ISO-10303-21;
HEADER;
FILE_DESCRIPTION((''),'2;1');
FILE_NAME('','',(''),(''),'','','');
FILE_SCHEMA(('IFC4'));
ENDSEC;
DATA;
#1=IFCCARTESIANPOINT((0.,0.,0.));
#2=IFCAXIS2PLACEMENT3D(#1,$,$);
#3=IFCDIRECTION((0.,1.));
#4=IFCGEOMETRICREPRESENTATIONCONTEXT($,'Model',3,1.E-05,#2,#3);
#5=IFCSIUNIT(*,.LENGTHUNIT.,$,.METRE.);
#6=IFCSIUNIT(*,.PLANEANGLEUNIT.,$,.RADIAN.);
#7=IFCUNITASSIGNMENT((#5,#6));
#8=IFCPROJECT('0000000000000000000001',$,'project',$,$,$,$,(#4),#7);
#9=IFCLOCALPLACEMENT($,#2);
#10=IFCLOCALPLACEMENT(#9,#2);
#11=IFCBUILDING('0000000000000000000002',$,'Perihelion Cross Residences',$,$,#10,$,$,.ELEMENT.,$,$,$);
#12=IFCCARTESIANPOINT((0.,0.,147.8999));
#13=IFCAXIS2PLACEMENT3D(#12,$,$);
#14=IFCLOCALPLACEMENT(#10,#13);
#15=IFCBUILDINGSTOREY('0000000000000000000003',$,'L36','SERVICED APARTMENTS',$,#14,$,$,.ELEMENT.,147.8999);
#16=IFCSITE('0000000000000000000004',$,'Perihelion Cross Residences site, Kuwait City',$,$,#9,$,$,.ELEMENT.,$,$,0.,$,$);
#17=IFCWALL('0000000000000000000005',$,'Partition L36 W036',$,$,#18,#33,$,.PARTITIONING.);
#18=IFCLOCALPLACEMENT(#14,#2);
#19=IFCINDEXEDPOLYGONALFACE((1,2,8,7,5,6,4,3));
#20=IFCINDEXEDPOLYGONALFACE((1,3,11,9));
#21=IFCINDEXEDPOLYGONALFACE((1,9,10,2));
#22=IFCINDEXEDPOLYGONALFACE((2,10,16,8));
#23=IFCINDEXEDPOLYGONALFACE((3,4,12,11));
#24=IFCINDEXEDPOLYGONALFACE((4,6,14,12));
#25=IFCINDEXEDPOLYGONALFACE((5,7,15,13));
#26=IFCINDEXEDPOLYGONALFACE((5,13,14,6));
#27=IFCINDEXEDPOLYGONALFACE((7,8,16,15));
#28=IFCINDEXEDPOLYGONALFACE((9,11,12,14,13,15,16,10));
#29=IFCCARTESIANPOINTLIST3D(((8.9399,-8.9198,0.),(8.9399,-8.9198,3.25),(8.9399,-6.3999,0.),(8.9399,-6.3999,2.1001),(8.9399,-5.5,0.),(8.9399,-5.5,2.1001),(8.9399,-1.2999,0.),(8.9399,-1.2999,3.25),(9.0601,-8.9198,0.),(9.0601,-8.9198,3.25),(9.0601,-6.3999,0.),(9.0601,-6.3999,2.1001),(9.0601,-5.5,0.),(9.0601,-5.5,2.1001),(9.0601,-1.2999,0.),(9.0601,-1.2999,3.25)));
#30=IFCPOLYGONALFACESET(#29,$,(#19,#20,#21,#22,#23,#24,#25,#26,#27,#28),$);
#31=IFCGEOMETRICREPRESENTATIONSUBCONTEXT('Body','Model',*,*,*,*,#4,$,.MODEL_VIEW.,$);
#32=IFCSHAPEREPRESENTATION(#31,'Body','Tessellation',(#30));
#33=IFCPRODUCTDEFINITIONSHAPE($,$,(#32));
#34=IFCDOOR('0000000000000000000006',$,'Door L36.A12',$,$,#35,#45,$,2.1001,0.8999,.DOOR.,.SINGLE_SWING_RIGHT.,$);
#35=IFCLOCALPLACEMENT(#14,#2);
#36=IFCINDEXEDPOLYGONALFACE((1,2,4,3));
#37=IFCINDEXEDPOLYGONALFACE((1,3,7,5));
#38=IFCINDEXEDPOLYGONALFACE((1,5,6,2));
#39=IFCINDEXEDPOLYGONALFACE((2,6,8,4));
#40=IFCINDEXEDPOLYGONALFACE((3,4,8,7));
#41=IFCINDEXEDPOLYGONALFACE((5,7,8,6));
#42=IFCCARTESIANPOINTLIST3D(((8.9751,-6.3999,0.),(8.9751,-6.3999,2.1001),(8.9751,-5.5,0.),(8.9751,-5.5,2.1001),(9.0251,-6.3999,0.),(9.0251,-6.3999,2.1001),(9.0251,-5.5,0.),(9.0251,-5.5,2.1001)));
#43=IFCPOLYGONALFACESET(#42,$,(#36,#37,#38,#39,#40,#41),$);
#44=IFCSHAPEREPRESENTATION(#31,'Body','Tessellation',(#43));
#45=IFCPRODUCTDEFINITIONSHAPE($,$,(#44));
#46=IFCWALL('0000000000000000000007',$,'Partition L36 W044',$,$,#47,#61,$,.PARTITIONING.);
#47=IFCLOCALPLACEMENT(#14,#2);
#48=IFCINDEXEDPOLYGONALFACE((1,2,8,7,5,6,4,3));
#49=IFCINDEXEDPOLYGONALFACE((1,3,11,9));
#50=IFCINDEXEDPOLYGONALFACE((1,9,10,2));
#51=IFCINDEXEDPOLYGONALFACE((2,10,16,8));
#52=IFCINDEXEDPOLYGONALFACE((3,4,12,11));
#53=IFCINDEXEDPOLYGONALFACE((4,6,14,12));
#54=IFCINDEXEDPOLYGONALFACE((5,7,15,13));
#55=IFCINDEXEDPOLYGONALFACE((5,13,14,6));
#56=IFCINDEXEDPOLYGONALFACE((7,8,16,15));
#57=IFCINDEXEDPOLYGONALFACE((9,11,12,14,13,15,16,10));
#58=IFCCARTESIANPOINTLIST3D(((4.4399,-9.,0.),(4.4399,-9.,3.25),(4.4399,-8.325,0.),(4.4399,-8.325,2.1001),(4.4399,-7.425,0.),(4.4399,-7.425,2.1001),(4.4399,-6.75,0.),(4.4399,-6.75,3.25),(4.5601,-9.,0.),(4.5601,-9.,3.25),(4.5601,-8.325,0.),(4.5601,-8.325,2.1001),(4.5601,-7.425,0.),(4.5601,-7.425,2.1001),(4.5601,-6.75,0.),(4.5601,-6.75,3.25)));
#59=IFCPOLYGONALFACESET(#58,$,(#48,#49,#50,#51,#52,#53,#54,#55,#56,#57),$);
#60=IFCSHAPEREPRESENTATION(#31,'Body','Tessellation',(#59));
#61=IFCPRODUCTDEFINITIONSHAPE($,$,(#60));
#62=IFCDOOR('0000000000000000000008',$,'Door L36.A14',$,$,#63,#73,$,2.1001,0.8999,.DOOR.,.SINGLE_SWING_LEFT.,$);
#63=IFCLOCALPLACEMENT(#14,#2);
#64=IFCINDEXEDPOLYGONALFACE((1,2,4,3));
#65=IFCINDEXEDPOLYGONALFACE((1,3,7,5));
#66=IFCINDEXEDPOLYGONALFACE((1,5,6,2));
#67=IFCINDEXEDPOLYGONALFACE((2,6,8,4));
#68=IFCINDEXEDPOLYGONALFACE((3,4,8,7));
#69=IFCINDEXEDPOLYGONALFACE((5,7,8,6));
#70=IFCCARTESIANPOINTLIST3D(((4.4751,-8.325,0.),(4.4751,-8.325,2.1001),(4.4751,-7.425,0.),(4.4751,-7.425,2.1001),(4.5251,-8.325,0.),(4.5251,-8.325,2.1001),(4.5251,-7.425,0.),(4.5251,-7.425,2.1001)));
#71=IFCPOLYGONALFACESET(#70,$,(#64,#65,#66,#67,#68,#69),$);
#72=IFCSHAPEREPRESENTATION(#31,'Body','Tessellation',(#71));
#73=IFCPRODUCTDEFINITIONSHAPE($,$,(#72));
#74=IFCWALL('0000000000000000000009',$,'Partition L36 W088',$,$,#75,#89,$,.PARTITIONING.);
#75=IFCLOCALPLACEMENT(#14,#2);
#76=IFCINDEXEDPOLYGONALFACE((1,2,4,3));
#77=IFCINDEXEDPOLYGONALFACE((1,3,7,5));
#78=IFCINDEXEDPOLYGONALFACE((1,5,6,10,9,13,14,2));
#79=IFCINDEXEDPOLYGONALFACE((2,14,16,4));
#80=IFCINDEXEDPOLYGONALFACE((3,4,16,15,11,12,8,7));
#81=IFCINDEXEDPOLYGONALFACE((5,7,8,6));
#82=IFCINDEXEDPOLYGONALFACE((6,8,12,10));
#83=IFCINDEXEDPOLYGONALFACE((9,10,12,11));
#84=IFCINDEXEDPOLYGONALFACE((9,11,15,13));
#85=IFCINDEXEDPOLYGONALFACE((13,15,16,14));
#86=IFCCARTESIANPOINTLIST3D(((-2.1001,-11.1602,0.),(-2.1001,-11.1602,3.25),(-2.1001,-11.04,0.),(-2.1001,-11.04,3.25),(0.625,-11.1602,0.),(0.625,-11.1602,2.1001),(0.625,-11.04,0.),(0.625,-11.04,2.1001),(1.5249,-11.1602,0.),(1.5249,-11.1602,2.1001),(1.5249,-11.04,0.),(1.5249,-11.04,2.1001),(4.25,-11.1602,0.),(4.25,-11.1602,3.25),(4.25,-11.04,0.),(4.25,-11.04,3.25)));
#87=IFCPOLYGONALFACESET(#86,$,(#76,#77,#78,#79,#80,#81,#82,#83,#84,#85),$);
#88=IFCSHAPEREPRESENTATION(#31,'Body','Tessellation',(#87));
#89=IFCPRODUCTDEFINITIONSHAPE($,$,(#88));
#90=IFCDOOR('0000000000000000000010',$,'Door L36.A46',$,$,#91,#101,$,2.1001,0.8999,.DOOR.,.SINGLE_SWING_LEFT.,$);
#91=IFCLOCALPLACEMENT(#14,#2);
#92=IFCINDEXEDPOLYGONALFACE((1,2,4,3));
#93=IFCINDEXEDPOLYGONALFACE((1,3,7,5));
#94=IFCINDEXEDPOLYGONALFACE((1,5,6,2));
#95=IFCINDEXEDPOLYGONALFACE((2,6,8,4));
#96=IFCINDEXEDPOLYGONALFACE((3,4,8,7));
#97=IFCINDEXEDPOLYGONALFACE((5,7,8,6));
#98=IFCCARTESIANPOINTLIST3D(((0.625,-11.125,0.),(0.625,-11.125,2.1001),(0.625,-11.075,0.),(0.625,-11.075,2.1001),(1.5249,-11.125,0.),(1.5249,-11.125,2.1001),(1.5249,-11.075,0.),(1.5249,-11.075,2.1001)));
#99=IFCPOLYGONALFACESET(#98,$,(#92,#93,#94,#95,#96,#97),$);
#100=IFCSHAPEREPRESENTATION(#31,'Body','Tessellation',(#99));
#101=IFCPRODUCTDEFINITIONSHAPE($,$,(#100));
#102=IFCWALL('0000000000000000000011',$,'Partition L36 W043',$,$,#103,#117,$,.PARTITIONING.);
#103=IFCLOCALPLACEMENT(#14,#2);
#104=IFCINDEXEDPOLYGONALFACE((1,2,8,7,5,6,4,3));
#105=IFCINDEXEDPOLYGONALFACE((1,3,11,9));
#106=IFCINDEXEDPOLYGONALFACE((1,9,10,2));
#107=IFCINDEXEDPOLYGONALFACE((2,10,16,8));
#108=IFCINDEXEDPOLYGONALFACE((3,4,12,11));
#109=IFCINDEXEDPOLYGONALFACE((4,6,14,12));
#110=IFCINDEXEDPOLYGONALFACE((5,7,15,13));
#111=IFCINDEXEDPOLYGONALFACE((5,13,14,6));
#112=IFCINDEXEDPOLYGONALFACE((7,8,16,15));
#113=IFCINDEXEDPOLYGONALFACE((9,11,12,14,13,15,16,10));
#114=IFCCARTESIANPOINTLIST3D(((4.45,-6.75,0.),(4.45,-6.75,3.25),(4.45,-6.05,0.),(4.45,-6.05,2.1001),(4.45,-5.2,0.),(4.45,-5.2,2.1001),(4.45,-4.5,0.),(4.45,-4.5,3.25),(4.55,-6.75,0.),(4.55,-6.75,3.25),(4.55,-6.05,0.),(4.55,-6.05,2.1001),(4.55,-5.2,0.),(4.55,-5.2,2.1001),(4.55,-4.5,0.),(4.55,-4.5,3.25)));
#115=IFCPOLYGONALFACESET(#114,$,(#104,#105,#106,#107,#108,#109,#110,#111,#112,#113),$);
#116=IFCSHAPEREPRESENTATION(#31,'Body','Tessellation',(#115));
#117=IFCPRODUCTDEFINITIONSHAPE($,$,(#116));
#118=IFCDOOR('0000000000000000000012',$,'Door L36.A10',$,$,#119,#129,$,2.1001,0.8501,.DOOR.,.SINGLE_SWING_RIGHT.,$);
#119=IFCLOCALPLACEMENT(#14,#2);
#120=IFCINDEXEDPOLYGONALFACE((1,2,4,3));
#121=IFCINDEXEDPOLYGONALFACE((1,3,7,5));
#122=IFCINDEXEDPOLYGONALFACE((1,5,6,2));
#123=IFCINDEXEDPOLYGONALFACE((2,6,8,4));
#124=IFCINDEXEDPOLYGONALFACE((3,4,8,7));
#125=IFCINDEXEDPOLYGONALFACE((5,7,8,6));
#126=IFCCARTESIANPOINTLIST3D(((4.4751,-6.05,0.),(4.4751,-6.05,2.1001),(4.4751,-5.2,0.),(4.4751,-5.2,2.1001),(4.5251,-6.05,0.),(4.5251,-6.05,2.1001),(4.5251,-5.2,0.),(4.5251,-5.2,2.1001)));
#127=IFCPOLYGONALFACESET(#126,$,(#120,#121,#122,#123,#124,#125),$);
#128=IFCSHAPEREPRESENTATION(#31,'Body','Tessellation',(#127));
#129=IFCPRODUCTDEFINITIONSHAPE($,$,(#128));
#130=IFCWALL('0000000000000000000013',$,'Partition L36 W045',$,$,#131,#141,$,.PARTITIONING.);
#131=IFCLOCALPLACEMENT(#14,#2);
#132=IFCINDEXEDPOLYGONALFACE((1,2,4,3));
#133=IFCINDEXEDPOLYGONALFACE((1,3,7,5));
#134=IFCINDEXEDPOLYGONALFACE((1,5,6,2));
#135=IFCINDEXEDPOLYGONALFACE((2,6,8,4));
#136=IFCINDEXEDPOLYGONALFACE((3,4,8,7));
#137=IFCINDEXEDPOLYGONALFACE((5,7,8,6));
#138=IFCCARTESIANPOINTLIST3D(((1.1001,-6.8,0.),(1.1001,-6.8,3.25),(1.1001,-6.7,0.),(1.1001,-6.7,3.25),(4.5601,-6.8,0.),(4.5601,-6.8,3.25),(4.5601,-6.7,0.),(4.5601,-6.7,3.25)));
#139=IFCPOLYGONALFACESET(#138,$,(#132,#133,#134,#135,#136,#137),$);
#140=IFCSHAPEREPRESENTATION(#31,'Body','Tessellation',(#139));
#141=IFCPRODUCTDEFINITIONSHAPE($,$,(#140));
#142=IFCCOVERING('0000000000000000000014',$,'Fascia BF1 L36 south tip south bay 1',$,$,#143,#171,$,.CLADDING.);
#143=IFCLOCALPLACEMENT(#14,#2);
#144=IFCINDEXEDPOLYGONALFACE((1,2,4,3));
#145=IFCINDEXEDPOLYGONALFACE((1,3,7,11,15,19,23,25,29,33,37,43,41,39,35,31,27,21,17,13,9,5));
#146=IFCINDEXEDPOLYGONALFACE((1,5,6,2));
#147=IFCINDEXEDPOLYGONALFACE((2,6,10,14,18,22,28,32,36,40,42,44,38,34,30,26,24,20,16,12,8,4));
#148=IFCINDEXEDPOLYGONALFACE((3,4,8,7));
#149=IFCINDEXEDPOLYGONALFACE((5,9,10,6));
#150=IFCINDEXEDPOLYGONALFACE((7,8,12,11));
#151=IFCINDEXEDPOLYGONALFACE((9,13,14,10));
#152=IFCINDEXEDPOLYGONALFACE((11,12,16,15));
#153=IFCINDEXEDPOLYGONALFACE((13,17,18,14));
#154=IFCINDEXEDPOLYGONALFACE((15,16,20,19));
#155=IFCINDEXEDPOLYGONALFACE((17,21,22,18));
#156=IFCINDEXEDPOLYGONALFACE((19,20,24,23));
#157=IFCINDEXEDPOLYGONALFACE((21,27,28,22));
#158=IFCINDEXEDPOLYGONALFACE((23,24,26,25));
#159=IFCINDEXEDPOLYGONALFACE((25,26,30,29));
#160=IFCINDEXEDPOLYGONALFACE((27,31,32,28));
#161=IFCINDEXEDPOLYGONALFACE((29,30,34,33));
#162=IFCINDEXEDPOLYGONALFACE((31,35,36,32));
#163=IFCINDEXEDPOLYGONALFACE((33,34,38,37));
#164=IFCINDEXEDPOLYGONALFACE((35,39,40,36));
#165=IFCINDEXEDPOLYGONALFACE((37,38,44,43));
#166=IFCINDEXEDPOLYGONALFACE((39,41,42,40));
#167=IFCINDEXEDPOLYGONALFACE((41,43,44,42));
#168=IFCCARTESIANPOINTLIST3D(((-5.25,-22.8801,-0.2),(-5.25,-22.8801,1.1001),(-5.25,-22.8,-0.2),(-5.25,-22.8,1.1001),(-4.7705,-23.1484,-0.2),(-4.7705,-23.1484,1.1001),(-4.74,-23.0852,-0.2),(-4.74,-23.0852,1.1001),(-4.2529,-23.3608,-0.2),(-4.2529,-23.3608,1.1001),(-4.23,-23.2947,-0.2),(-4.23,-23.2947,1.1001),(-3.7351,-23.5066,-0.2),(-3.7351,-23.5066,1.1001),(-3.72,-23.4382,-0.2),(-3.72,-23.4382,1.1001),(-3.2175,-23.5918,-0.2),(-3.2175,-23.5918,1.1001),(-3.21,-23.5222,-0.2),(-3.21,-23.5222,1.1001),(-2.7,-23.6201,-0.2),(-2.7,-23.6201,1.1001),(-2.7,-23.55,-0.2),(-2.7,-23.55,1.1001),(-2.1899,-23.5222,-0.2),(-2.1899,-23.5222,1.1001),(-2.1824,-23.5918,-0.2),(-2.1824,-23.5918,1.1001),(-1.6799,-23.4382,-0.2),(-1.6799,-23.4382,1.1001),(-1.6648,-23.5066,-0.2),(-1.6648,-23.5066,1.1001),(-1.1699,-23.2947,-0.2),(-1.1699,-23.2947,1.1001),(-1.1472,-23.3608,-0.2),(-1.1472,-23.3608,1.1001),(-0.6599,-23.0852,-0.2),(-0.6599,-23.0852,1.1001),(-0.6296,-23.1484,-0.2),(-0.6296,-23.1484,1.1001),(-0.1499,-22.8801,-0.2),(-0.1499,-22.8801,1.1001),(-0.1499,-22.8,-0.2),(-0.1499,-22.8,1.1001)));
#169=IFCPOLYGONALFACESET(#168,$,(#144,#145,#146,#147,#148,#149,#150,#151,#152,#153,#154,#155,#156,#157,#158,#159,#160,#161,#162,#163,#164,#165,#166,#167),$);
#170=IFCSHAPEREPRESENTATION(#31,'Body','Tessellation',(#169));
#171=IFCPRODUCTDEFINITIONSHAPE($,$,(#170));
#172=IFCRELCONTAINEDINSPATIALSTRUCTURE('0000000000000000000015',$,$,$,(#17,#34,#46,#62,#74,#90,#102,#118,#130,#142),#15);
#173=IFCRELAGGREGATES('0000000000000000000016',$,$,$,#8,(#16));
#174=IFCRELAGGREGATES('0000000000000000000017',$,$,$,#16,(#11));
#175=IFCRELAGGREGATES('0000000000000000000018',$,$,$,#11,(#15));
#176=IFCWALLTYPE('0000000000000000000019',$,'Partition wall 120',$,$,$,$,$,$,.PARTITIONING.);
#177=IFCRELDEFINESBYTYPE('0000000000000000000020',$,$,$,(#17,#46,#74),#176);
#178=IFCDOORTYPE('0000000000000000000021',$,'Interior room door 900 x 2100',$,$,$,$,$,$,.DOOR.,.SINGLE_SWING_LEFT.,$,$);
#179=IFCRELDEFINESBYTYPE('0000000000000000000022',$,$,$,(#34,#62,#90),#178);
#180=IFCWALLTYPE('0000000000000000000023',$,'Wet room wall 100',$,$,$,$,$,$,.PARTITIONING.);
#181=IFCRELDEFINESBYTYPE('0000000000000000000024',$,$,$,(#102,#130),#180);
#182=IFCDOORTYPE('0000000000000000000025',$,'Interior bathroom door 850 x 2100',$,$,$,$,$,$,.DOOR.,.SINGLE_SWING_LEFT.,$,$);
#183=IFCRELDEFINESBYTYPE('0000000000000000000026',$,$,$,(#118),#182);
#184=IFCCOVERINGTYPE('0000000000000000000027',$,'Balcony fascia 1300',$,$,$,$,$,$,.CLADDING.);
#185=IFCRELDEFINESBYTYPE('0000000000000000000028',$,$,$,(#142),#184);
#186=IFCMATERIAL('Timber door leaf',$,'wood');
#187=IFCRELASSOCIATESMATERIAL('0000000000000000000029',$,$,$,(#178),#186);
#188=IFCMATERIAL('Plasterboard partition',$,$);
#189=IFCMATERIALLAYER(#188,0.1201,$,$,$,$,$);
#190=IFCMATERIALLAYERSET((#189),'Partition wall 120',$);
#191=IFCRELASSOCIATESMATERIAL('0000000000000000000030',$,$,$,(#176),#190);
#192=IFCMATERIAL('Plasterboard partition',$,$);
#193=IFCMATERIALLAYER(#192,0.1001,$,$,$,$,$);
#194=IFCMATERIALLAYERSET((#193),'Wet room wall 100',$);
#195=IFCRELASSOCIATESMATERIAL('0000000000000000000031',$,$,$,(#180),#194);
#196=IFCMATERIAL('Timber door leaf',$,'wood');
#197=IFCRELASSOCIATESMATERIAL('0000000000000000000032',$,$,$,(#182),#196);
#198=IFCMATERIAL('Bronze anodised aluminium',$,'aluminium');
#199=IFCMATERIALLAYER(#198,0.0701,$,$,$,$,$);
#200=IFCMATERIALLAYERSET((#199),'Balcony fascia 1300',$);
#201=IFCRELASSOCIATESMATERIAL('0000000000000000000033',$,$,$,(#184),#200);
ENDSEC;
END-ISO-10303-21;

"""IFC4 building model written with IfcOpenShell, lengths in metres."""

from ifc_helpers import new_model, si_unit, direction, frame, frame_2d, origin, place, context, subcontext, project, spatial, polyline, rectangle, outline, extrude, material, layer, layer_set, type_object, element, fill, save


model = new_model("IFC4")

# Units and contexts
model_context = context("Model", 3, precision=1e-05, world=origin(), true_north=direction((0.0, 1.0)))
body_context = subcontext(model_context, "Body", "Model", "MODEL_VIEW")
ifc_project = project(units=[si_unit("LENGTHUNIT", "METRE"), si_unit("PLANEANGLEUNIT", "RADIAN")], contexts=[model_context])

# Site, building, storey
site_placement = place(None, origin())
site = spatial("IfcSite", under=ifc_project, at=site_placement, Name="Perihelion Cross Residences site, Kuwait City", CompositionType="ELEMENT", RefElevation=0.0)
building_placement = place(site_placement, origin())
building = spatial("IfcBuilding", under=site, at=building_placement, Name="Perihelion Cross Residences", CompositionType="ELEMENT")
storey_placement = place(building_placement, frame((0.0, 0.0, 147.8999)))
storey = spatial("IfcBuildingStorey", under=building, at=storey_placement, Name="L36", Description="SERVICED APARTMENTS", CompositionType="ELEMENT", Elevation=147.8999)

# Shared definitions
ifc_material_1 = material(Name="Timber door leaf", Category="wood")
door_type_1 = type_object("IfcDoorType", Name="Interior room door 900 x 2100", OperationType="SINGLE_SWING_LEFT", PredefinedType="DOOR", material=ifc_material_1)

# Shared definitions
ifc_material_2 = material(Name="Plasterboard partition")
ifc_layer_1 = layer(ifc_material_2, 0.1201)
ifc_layer_set_1 = layer_set([ifc_layer_1], Name="Partition wall 120")
wall_type_1 = type_object("IfcWallType", Name="Partition wall 120", PredefinedType="PARTITIONING", material=ifc_layer_set_1)

# Walls, openings, doors
wall_1_placement = place(storey_placement, frame((9.0, -8.9199, 0.0), z_axis=(0.0, 0.0, 1.0), x_axis=(0.0, 1.0, 0.0)))
wall_1 = element("IfcWall", 1, at=wall_1_placement, inside=storey, type_object=wall_type_1, Name="Partition L36 W036", PredefinedType="PARTITIONING", context=body_context, shape_type="SweptSolid", body=[
    extrude(rectangle(XDim=7.6199, YDim=0.1201, at=frame_2d((3.8101, 0.0))), origin(), (0.0, 0.0, 1.0), 3.25),
])
opening_1_placement = place(wall_1_placement, frame((2.52, 0.0, 0.0)))
opening_1 = element("IfcOpeningElement", 2, at=opening_1_placement, cuts=wall_1, PredefinedType="OPENING", context=body_context, shape_type="SweptSolid", body=[
    extrude(rectangle(XDim=0.8999, YDim=2.1001, at=frame_2d((0.45, 1.05))), frame((0.0, 0.0701, 0.0), z_axis=(0.0, -1.0, 0.0), x_axis=(1.0, 0.0, 0.0)), (0.0, 0.0, 1.0), 0.1401),
])
door_1_placement = place(opening_1_placement, origin())
door_1 = element("IfcDoor", 3, at=door_1_placement, inside=storey, type_object=door_type_1, Name="Door L36.A12", OperationType="SINGLE_SWING_RIGHT", OverallHeight=2.1001, OverallWidth=0.8999, PredefinedType="DOOR", context=body_context, shape_type="SweptSolid", body=[
    extrude(rectangle(XDim=0.8999, YDim=2.1001, at=frame_2d((0.45, 1.05))), frame((0.0, 0.0249, 0.0), z_axis=(0.0, -1.0, 0.0), x_axis=(1.0, 0.0, 0.0)), (0.0, 0.0, 1.0), 0.05),
])
fill(opening_1, door_1)
wall_2_placement = place(storey_placement, frame((4.5, -9.0, 0.0), z_axis=(0.0, 0.0, 1.0), x_axis=(0.0, 1.0, 0.0)))
wall_2 = element("IfcWall", 4, at=wall_2_placement, inside=storey, type_object=wall_type_1, Name="Partition L36 W044", PredefinedType="PARTITIONING", context=body_context, shape_type="SweptSolid", body=[
    extrude(rectangle(XDim=2.25, YDim=0.1201, at=frame_2d((1.125, 0.0))), origin(), (0.0, 0.0, 1.0), 3.25),
])
opening_2_placement = place(wall_2_placement, frame((0.675, 0.0, 0.0)))
opening_2 = element("IfcOpeningElement", 5, at=opening_2_placement, cuts=wall_2, PredefinedType="OPENING", context=body_context, shape_type="SweptSolid", body=[
    extrude(rectangle(XDim=0.8999, YDim=2.1001, at=frame_2d((0.45, 1.05))), frame((0.0, 0.0701, 0.0), z_axis=(0.0, -1.0, 0.0), x_axis=(1.0, 0.0, 0.0)), (0.0, 0.0, 1.0), 0.1401),
])
door_2_placement = place(opening_2_placement, origin())
door_2 = element("IfcDoor", 6, at=door_2_placement, inside=storey, type_object=door_type_1, Name="Door L36.A14", OperationType="SINGLE_SWING_LEFT", OverallHeight=2.1001, OverallWidth=0.8999, PredefinedType="DOOR", context=body_context, shape_type="SweptSolid", body=[
    extrude(rectangle(XDim=0.8999, YDim=2.1001, at=frame_2d((0.45, 1.05))), frame((0.0, 0.0249, 0.0), z_axis=(0.0, -1.0, 0.0), x_axis=(1.0, 0.0, 0.0)), (0.0, 0.0, 1.0), 0.05),
])
fill(opening_2, door_2)
wall_3_placement = place(storey_placement, frame((4.25, -11.1001, 0.0), z_axis=(0.0, 0.0, 1.0), x_axis=(-1.0, 0.0, 0.0)))
wall_3 = element("IfcWall", 7, at=wall_3_placement, inside=storey, type_object=wall_type_1, Name="Partition L36 W088", PredefinedType="PARTITIONING", context=body_context, shape_type="SweptSolid", body=[
    extrude(rectangle(XDim=6.3501, YDim=0.1201, at=frame_2d((3.175, 0.0))), origin(), (0.0, 0.0, 1.0), 3.25),
])
opening_3_placement = place(wall_3_placement, frame((2.7251, 0.0, 0.0)))
opening_3 = element("IfcOpeningElement", 8, at=opening_3_placement, cuts=wall_3, PredefinedType="OPENING", context=body_context, shape_type="SweptSolid", body=[
    extrude(rectangle(XDim=0.8999, YDim=2.1001, at=frame_2d((0.45, 1.05))), frame((0.0, 0.0701, 0.0), z_axis=(0.0, -1.0, 0.0), x_axis=(1.0, 0.0, 0.0)), (0.0, 0.0, 1.0), 0.1401),
])
door_3_placement = place(opening_3_placement, origin())
door_3 = element("IfcDoor", 9, at=door_3_placement, inside=storey, type_object=door_type_1, Name="Door L36.A46", OperationType="SINGLE_SWING_LEFT", OverallHeight=2.1001, OverallWidth=0.8999, PredefinedType="DOOR", context=body_context, shape_type="SweptSolid", body=[
    extrude(rectangle(XDim=0.8999, YDim=2.1001, at=frame_2d((0.45, 1.05))), frame((0.0, 0.0249, 0.0), z_axis=(0.0, -1.0, 0.0), x_axis=(1.0, 0.0, 0.0)), (0.0, 0.0, 1.0), 0.05),
])
fill(opening_3, door_3)
ifc_material_3 = material(Name="Plasterboard partition")
ifc_layer_2 = layer(ifc_material_3, 0.1001)
ifc_layer_set_2 = layer_set([ifc_layer_2], Name="Wet room wall 100")
wall_type_2 = type_object("IfcWallType", Name="Wet room wall 100", PredefinedType="PARTITIONING", material=ifc_layer_set_2)
wall_4_placement = place(storey_placement, frame((4.5, -6.75, 0.0), z_axis=(0.0, 0.0, 1.0), x_axis=(0.0, 1.0, 0.0)))
wall_4 = element("IfcWall", 10, at=wall_4_placement, inside=storey, type_object=wall_type_2, Name="Partition L36 W043", PredefinedType="PARTITIONING", context=body_context, shape_type="SweptSolid", body=[
    extrude(rectangle(XDim=2.25, YDim=0.1001, at=frame_2d((1.125, 0.0))), origin(), (0.0, 0.0, 1.0), 3.25),
])
opening_4_placement = place(wall_4_placement, frame((0.7, 0.0, 0.0)))
opening_4 = element("IfcOpeningElement", 11, at=opening_4_placement, cuts=wall_4, PredefinedType="OPENING", context=body_context, shape_type="SweptSolid", body=[
    extrude(rectangle(XDim=0.8501, YDim=2.1001, at=frame_2d((0.425, 1.05))), frame((0.0, 0.0601, 0.0), z_axis=(0.0, -1.0, 0.0), x_axis=(1.0, 0.0, 0.0)), (0.0, 0.0, 1.0), 0.1201),
])
ifc_material_4 = material(Name="Timber door leaf", Category="wood")
door_type_2 = type_object("IfcDoorType", Name="Interior bathroom door 850 x 2100", OperationType="SINGLE_SWING_LEFT", PredefinedType="DOOR", material=ifc_material_4)
door_4_placement = place(opening_4_placement, origin())
door_4 = element("IfcDoor", 12, at=door_4_placement, inside=storey, type_object=door_type_2, Name="Door L36.A10", OperationType="SINGLE_SWING_RIGHT", OverallHeight=2.1001, OverallWidth=0.8501, PredefinedType="DOOR", context=body_context, shape_type="SweptSolid", body=[
    extrude(rectangle(XDim=0.8501, YDim=2.1001, at=frame_2d((0.425, 1.05))), frame((0.0, 0.0249, 0.0), z_axis=(0.0, -1.0, 0.0), x_axis=(1.0, 0.0, 0.0)), (0.0, 0.0, 1.0), 0.05),
])
fill(opening_4, door_4)

# Wall
wall_5_placement = place(storey_placement, frame((4.5601, -6.75, 0.0), z_axis=(0.0, 0.0, 1.0), x_axis=(-1.0, 0.0, 0.0)))
element("IfcWall", 13, at=wall_5_placement, inside=storey, type_object=wall_type_2, Name="Partition L36 W045", PredefinedType="PARTITIONING", context=body_context, shape_type="SweptSolid", body=[
    extrude(rectangle(XDim=3.46, YDim=0.1001, at=frame_2d((1.73, 0.0))), origin(), (0.0, 0.0, 1.0), 3.25),
])

# Covering
ifc_material_5 = material(Name="Bronze anodised aluminium", Category="aluminium")
ifc_layer_3 = layer(ifc_material_5, 0.0701)
ifc_layer_set_3 = layer_set([ifc_layer_3], Name="Balcony fascia 1300")
covering_type = type_object("IfcCoveringType", Name="Balcony fascia 1300", PredefinedType="CLADDING", material=ifc_layer_set_3)
covering_1_placement = place(storey_placement, frame((0.0, 0.0, -0.2)))
element("IfcCovering", 14, at=covering_1_placement, inside=storey, type_object=covering_type, Name="Fascia BF1 L36 south tip south bay 1", PredefinedType="CLADDING", context=body_context, shape_type="SweptSolid", body=[
    extrude(outline(polyline([(-4.7705, -23.1484), (-4.2529, -23.3608), (-3.7351, -23.5066), (-3.2175, -23.5918), (-2.7, -23.6201), (-2.1824, -23.5918), (-1.6648, -23.5066), (-1.1472, -23.3608), (-0.6296, -23.1484), (-0.1499, -22.8801), (-0.1499, -22.8), (-0.6599, -23.0852), (-1.1699, -23.2947), (-1.6799, -23.4382), (-2.1899, -23.5222), (-2.7, -23.55), (-3.21, -23.5222), (-3.72, -23.4382), (-4.23, -23.2947), (-4.74, -23.0852), (-5.25, -22.8), (-5.25, -22.8801), (-4.7705, -23.1484)])), origin(), (0.0, 0.0, 1.0), 1.3),
])

save(model, "model.ifc")
